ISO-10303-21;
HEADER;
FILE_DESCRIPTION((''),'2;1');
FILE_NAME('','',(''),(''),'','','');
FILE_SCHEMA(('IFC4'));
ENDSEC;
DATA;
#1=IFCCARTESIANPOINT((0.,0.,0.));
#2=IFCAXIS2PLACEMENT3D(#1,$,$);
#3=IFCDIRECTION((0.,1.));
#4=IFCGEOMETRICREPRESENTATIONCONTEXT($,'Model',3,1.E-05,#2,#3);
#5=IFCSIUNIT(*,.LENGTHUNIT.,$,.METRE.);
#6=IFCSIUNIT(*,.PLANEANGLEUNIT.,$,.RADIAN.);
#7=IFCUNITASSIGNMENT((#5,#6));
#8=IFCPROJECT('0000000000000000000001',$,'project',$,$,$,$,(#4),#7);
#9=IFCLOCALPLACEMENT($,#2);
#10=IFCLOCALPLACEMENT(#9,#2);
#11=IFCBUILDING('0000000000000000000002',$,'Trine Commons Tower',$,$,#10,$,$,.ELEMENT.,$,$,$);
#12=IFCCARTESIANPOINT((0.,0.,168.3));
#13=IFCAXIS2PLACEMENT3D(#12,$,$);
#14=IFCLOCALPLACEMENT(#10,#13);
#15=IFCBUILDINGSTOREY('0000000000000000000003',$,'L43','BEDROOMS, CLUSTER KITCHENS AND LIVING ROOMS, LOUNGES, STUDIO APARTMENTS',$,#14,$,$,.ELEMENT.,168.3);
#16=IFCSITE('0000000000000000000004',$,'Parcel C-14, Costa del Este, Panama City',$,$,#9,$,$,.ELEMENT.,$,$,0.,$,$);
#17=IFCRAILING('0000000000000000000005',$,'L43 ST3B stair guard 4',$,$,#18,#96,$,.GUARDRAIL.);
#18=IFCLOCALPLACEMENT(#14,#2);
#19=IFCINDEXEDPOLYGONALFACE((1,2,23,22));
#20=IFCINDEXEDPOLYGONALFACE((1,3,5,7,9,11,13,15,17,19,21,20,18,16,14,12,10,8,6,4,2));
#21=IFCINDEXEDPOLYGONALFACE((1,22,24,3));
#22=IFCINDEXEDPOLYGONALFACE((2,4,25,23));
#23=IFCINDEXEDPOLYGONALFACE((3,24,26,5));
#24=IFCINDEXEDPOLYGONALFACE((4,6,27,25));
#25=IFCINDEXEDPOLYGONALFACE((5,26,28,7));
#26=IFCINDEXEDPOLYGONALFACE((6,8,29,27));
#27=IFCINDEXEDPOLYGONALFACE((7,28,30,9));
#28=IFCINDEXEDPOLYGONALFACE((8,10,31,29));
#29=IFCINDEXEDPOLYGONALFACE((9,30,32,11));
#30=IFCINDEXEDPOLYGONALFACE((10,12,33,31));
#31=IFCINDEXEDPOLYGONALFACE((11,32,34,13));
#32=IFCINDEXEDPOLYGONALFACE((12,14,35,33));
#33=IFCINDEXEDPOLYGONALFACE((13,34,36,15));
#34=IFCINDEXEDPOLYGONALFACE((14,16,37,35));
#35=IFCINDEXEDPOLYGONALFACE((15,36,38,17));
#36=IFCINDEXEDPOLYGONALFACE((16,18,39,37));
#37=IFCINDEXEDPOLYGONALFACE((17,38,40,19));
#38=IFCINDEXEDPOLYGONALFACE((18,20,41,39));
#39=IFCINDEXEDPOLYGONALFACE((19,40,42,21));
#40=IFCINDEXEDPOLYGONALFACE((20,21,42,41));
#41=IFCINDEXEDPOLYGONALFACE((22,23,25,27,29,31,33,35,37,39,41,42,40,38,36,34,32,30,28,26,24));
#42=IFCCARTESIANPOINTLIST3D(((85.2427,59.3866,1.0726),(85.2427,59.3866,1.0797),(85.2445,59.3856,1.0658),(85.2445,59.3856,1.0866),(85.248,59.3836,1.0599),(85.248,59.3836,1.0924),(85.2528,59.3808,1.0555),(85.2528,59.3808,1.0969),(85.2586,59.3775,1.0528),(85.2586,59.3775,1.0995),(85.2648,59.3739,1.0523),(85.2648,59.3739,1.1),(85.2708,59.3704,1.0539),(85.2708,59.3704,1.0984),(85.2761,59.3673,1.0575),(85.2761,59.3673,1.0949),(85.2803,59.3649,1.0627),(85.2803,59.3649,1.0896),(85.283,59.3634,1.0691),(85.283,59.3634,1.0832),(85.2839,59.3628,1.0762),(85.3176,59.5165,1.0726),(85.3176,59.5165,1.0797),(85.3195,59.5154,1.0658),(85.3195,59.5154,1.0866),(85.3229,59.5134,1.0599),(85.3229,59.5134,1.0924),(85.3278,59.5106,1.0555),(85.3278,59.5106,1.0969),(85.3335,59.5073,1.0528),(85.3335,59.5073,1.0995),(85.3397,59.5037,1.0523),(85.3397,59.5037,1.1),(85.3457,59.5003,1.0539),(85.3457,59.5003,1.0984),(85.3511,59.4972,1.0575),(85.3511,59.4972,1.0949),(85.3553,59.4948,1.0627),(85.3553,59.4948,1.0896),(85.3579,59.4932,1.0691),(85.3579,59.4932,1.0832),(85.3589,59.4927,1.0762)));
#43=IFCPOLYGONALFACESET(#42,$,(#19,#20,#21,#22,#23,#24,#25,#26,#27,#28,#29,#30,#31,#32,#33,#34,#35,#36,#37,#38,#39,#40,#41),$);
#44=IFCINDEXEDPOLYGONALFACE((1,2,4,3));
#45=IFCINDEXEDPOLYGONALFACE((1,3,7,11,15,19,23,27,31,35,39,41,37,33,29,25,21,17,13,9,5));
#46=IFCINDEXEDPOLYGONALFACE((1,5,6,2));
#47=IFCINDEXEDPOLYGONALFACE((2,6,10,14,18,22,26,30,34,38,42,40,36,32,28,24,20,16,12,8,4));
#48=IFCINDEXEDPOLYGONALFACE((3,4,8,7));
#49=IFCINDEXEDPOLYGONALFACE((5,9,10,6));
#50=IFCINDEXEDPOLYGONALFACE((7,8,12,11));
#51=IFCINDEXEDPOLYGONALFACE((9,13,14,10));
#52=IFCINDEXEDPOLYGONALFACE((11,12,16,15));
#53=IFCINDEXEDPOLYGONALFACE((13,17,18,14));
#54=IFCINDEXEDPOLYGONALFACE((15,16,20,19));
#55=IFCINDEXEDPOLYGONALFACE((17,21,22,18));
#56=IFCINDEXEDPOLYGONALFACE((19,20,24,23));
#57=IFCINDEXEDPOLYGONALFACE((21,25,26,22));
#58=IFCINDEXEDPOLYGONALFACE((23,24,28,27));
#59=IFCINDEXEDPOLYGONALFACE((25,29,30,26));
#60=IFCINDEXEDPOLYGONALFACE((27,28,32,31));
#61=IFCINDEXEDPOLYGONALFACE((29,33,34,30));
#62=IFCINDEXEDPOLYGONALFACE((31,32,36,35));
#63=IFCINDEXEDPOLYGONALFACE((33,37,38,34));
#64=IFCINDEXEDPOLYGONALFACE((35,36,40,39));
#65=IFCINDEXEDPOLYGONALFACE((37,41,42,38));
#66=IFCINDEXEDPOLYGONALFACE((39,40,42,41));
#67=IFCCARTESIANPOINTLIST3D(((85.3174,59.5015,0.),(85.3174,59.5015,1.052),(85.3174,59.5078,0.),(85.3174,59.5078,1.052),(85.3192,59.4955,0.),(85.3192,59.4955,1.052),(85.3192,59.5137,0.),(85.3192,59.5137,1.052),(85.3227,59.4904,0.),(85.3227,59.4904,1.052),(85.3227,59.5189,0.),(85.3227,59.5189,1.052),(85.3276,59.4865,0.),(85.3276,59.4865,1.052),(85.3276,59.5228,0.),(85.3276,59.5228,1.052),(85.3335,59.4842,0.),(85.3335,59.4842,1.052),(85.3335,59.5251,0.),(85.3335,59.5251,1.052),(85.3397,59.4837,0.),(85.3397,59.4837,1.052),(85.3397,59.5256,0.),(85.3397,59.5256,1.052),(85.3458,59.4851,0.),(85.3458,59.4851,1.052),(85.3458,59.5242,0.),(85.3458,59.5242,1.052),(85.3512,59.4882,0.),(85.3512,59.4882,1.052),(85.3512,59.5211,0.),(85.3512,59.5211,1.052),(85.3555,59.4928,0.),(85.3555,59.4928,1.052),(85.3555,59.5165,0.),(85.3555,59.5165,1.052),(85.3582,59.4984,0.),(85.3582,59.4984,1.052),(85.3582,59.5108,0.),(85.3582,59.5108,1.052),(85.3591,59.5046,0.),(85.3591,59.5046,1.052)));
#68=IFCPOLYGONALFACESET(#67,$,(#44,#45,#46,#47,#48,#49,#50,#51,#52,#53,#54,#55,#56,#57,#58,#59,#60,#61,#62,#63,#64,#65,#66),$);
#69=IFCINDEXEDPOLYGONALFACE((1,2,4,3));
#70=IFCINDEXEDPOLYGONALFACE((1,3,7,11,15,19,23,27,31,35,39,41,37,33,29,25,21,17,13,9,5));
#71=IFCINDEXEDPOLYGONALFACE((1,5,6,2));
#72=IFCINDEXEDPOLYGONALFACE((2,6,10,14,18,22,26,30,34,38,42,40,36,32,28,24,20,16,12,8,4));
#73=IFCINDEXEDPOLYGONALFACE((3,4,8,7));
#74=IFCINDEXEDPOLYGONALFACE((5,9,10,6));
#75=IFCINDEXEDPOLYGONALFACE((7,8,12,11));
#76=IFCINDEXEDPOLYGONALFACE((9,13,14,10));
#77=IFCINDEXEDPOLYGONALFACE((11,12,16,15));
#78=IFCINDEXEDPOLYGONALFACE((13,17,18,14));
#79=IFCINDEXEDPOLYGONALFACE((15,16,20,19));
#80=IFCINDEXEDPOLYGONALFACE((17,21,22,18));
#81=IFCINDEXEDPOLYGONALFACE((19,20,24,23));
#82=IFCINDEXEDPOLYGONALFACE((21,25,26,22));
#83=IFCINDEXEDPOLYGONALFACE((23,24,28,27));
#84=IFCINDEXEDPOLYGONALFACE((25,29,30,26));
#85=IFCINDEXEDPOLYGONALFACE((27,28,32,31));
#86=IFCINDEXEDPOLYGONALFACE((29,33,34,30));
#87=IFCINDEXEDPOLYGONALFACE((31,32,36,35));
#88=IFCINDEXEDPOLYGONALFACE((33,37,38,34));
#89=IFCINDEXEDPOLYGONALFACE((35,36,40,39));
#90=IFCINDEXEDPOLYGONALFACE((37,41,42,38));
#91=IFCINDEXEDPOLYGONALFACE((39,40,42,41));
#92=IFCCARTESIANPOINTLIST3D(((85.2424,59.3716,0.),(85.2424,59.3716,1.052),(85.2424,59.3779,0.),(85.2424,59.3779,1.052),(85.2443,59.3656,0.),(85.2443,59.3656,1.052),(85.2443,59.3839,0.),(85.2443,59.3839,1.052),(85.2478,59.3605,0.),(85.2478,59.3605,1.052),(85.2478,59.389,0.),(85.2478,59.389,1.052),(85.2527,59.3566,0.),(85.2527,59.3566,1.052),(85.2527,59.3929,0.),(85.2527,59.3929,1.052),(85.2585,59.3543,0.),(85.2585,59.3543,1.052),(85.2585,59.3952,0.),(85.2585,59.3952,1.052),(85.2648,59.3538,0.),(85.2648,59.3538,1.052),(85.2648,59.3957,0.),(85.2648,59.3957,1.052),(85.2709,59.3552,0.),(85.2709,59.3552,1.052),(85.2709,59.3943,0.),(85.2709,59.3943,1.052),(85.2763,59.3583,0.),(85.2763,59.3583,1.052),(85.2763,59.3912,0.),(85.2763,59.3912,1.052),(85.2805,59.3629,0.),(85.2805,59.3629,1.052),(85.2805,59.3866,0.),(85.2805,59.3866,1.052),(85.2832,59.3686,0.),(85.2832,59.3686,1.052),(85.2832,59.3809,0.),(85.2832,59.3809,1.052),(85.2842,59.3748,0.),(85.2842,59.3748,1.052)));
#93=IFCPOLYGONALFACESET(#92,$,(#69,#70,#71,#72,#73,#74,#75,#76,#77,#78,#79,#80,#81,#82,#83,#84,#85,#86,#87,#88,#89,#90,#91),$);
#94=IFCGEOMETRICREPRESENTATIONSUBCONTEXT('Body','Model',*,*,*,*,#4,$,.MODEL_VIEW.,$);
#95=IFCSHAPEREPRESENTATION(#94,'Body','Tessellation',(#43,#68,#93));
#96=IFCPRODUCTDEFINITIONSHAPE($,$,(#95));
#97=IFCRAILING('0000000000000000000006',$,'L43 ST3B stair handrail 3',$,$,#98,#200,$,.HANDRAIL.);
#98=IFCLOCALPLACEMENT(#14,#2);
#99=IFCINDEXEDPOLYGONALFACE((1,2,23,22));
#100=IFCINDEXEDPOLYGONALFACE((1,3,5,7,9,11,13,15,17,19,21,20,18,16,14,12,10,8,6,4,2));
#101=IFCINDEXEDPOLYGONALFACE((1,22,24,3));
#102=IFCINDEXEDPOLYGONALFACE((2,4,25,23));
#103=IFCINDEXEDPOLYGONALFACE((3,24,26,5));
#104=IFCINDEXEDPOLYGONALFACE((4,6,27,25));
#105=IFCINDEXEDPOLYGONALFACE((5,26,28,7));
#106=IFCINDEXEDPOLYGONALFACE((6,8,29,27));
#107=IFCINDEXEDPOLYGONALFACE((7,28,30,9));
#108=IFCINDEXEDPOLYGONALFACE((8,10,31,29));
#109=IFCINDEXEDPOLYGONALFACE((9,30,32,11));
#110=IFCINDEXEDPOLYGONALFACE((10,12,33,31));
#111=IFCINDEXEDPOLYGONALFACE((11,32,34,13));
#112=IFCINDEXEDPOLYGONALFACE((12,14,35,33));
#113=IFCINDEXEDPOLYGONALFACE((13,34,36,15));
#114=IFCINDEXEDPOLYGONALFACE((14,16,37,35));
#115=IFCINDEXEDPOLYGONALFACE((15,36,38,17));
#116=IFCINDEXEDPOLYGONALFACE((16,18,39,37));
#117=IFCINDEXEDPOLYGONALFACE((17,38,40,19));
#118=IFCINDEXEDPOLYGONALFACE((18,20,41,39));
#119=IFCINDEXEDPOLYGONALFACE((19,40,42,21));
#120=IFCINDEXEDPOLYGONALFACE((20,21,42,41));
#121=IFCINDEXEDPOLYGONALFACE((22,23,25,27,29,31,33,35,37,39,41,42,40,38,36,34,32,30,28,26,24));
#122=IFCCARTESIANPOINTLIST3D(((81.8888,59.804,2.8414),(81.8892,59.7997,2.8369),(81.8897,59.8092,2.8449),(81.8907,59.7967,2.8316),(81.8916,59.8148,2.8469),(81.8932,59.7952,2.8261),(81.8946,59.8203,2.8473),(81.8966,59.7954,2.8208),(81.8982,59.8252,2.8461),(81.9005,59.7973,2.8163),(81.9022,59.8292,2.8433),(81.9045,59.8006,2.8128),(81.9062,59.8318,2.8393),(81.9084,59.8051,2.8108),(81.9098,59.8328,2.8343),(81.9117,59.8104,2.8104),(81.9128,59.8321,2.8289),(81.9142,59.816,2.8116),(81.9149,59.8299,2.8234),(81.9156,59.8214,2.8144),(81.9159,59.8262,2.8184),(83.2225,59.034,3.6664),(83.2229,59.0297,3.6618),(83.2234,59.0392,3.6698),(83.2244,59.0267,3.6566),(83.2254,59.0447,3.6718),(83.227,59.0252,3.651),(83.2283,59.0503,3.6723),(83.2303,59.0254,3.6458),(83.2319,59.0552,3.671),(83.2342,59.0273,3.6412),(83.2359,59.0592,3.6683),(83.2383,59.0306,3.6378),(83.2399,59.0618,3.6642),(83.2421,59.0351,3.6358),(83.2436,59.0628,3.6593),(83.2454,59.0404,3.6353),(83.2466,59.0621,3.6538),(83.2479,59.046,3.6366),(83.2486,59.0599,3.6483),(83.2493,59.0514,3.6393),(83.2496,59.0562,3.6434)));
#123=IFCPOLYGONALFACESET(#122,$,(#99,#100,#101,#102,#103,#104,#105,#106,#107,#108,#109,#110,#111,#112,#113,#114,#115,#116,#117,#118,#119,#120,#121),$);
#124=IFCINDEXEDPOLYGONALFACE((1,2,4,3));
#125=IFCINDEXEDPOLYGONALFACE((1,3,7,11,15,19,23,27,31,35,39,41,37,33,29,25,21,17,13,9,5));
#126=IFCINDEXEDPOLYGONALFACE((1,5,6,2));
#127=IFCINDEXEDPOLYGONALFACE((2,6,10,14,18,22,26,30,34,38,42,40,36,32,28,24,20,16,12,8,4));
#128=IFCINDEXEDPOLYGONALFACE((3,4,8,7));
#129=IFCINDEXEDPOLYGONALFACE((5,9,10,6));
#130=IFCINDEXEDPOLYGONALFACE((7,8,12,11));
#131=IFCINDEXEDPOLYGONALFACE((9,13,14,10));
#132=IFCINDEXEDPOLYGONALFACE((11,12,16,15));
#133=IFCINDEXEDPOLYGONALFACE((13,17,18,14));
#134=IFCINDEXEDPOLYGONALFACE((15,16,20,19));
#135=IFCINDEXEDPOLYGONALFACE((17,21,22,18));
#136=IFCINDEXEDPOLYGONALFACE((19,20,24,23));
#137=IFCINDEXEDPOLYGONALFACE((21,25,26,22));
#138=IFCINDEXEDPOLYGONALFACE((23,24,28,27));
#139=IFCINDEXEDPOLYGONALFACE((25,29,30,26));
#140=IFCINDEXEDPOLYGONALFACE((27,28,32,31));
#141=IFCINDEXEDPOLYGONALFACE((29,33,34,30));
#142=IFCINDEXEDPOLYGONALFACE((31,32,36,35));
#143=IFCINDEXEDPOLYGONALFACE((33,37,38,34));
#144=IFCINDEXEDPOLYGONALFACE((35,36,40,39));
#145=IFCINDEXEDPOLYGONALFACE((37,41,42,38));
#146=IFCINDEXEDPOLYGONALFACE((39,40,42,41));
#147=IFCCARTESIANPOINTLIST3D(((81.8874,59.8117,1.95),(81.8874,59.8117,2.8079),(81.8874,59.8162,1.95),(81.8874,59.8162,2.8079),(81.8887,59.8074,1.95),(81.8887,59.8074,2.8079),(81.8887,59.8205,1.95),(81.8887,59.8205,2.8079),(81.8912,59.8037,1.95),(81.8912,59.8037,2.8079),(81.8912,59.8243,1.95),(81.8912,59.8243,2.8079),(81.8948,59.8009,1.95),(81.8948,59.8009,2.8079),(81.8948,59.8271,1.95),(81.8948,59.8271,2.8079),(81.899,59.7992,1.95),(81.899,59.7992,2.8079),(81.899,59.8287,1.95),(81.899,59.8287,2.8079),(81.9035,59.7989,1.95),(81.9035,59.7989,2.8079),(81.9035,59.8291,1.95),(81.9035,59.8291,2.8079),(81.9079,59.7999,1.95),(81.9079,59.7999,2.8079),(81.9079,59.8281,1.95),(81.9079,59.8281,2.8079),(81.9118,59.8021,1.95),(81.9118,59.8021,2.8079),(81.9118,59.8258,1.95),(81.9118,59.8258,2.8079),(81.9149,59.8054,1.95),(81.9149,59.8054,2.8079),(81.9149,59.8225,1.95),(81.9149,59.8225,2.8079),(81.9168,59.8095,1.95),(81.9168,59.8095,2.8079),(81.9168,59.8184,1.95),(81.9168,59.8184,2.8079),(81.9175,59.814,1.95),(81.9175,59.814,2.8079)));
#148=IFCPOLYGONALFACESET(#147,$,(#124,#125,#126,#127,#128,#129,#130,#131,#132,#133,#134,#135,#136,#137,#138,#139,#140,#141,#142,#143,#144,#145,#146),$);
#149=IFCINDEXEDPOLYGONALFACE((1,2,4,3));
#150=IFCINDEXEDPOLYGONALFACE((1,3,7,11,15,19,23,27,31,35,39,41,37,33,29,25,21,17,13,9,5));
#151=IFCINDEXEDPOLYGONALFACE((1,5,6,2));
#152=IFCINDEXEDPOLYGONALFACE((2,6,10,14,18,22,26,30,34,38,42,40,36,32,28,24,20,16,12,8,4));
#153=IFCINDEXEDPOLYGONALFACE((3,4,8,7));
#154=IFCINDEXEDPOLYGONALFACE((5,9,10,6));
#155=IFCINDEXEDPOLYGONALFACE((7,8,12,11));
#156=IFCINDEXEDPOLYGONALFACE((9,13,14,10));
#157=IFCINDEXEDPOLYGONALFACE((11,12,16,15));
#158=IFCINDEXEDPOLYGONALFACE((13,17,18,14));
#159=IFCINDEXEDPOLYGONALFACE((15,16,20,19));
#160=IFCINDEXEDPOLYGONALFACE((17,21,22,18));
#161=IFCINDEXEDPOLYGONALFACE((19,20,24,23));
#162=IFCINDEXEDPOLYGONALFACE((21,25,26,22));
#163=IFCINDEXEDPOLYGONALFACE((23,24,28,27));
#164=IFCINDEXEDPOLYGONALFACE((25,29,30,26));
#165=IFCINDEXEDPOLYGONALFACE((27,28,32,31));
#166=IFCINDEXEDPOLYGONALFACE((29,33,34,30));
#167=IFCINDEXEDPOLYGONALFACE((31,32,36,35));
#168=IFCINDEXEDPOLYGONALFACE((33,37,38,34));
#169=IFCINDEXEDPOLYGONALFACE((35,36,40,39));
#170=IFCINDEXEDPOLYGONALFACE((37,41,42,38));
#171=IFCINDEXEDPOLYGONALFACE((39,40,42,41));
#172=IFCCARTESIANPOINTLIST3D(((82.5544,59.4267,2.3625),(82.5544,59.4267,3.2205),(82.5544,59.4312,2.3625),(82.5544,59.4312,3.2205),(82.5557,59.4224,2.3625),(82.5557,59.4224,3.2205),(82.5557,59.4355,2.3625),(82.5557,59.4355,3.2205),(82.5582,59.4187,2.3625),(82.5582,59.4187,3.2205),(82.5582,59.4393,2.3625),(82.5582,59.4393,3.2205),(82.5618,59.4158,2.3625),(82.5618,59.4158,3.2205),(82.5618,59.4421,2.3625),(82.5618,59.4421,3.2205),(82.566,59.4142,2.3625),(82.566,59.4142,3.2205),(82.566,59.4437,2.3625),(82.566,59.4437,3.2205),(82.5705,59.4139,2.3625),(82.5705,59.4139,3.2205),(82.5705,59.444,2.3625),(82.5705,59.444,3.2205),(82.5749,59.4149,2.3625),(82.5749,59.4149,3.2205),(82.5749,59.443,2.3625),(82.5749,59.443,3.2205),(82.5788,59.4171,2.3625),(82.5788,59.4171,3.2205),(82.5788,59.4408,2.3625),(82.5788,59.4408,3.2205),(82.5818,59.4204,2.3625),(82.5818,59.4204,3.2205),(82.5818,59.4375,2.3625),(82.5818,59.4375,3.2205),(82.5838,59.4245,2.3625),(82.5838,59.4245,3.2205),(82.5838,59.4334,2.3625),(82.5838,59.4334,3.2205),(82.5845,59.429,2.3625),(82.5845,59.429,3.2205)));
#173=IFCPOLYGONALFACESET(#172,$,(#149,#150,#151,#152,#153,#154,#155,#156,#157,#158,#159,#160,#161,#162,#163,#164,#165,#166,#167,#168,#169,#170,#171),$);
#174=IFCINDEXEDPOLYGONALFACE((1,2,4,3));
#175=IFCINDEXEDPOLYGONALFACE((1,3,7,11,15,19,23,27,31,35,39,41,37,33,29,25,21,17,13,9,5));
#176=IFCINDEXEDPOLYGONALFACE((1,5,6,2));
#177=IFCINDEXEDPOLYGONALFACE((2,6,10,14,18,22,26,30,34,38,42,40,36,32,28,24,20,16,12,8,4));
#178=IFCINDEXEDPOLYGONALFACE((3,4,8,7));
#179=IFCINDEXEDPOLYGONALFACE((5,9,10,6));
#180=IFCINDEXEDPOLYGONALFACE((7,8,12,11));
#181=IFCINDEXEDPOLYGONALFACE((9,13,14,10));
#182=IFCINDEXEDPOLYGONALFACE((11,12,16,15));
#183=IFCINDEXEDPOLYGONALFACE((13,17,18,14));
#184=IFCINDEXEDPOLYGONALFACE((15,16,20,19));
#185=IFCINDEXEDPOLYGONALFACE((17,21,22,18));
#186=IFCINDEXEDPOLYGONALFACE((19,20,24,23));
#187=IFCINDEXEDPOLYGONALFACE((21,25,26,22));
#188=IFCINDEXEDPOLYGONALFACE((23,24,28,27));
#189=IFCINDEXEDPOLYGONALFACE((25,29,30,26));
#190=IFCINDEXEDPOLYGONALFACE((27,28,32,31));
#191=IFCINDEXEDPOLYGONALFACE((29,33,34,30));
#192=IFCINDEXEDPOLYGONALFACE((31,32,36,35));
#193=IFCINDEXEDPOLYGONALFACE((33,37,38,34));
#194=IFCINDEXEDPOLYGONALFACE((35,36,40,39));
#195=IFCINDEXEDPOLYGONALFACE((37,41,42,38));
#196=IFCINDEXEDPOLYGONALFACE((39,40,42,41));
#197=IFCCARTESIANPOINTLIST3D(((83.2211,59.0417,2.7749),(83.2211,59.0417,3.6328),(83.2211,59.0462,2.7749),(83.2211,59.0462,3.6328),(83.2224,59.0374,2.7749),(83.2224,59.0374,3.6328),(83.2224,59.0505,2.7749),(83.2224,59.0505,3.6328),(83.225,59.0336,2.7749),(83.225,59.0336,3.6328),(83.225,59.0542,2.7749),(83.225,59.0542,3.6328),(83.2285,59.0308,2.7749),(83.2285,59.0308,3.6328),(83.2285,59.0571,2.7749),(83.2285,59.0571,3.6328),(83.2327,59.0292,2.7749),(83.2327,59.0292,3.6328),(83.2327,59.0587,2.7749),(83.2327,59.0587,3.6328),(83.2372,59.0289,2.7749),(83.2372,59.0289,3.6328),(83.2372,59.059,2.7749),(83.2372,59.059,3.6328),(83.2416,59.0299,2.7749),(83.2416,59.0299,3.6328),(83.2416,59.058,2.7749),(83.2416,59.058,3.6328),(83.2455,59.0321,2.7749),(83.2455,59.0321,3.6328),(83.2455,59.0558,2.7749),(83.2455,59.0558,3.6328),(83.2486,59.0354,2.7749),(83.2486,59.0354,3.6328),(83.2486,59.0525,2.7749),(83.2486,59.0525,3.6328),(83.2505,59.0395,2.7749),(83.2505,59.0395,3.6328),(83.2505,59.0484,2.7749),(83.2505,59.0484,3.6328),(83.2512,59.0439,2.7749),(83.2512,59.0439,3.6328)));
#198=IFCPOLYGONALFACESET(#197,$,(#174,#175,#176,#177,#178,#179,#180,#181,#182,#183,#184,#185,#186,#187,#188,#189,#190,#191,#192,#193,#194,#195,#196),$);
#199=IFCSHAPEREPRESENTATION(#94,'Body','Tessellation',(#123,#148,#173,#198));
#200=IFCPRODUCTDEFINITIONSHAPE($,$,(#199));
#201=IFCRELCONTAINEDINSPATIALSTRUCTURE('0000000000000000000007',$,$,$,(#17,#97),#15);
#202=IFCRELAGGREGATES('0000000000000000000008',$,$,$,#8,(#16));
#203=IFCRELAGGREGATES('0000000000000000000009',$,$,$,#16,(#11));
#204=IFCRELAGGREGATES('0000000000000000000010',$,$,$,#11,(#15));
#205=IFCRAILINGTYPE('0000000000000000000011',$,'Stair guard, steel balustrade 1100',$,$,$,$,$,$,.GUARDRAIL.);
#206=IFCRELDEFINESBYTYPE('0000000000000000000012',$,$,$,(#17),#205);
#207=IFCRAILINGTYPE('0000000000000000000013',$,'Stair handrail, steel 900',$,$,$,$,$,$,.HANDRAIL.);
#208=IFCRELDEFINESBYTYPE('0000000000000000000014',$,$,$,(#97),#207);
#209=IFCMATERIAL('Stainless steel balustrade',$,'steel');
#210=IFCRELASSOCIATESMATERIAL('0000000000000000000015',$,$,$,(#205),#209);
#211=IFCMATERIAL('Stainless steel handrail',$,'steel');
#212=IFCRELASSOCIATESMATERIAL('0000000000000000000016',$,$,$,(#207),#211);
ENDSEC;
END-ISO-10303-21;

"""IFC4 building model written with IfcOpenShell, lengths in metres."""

from ifc_helpers import new_model, si_unit, direction, frame, origin, origin_2d, place, context, subcontext, project, spatial, circle, extrude, material, type_object, element, save


model = new_model("IFC4")

# Units and contexts
model_context = context("Model", 3, precision=1e-05, world=origin(), true_north=direction((0.0, 1.0)))
body_context = subcontext(model_context, "Body", "Model", "MODEL_VIEW")
ifc_project = project(units=[si_unit("LENGTHUNIT", "METRE"), si_unit("PLANEANGLEUNIT", "RADIAN")], contexts=[model_context])

# Site, building, storey
site_placement = place(None, origin())
site = spatial("IfcSite", under=ifc_project, at=site_placement, Name="Parcel C-14, Costa del Este, Panama City", CompositionType="ELEMENT", RefElevation=0.0)
building_placement = place(site_placement, origin())
building = spatial("IfcBuilding", under=site, at=building_placement, Name="Trine Commons Tower", CompositionType="ELEMENT")
storey_placement = place(building_placement, frame((0.0, 0.0, 168.3)))
storey = spatial("IfcBuildingStorey", under=building, at=storey_placement, Name="L43", Description="BEDROOMS, CLUSTER KITCHENS AND LIVING ROOMS, LOUNGES, STUDIO APARTMENTS", CompositionType="ELEMENT", Elevation=168.3)

# Railings
ifc_material_1 = material(Name="Stainless steel balustrade", Category="steel")
railing_type_1 = type_object("IfcRailingType", Name="Stair guard, steel balustrade 1100", PredefinedType="GUARDRAIL", material=ifc_material_1)
railing_1_placement = place(storey_placement, frame((85.3381, 59.5046, 0.0)))
element("IfcRailing", 1, at=railing_1_placement, inside=storey, type_object=railing_type_1, Name="L43 ST3B stair guard 4", PredefinedType="GUARDRAIL", context=body_context, shape_type="SweptSolid", body=[
    extrude(circle(Radius=0.0239, at=origin_2d()), frame((0.0, 0.0, 1.0762), z_axis=(-0.499816, -0.866131, 0.0), x_axis=(0.866131, -0.499816, 0.0)), (0.0, 0.0, 1.0), 0.1499),
    extrude(circle(Radius=0.021, at=origin_2d()), origin(), (0.0, 0.0, 1.0), 1.052),
    extrude(circle(Radius=0.021, at=origin_2d()), frame((-0.075, -0.1299, 0.0)), (0.0, 0.0, 1.0), 1.052),
])
ifc_material_2 = material(Name="Stainless steel handrail", Category="steel")
railing_type_2 = type_object("IfcRailingType", Name="Stair handrail, steel 900", PredefinedType="HANDRAIL", material=ifc_material_2)
for number, where, name in (
    (2, (81.9023, 59.814, 1.95), "L43 ST3B stair handrail 3"),
):
    element("IfcRailing", number, at=place(storey_placement, frame(where)), inside=storey, type_object=railing_type_2, Name=name, PredefinedType="HANDRAIL", context=body_context, shape_type="SweptSolid", body=[
        extrude(circle(Radius=0.021, at=origin_2d()), frame((0.0, 0.0, 0.8789), z_axis=(0.763405, -0.440743, 0.472185), x_axis=(0.499992, 0.86603, 0.0)), (0.0, 0.0, 1.0), 1.7471),
        extrude(circle(Radius=0.0151, at=origin_2d()), origin(), (0.0, 0.0, 1.0), 0.8579),
        extrude(circle(Radius=0.0151, at=origin_2d()), frame((0.667, -0.385, 0.4126)), (0.0, 0.0, 1.0), 0.8579),
        extrude(circle(Radius=0.0151, at=origin_2d()), frame((1.3337, -0.77, 0.825)), (0.0, 0.0, 1.0), 0.8579),
    ])

save(model, "model.ifc")
